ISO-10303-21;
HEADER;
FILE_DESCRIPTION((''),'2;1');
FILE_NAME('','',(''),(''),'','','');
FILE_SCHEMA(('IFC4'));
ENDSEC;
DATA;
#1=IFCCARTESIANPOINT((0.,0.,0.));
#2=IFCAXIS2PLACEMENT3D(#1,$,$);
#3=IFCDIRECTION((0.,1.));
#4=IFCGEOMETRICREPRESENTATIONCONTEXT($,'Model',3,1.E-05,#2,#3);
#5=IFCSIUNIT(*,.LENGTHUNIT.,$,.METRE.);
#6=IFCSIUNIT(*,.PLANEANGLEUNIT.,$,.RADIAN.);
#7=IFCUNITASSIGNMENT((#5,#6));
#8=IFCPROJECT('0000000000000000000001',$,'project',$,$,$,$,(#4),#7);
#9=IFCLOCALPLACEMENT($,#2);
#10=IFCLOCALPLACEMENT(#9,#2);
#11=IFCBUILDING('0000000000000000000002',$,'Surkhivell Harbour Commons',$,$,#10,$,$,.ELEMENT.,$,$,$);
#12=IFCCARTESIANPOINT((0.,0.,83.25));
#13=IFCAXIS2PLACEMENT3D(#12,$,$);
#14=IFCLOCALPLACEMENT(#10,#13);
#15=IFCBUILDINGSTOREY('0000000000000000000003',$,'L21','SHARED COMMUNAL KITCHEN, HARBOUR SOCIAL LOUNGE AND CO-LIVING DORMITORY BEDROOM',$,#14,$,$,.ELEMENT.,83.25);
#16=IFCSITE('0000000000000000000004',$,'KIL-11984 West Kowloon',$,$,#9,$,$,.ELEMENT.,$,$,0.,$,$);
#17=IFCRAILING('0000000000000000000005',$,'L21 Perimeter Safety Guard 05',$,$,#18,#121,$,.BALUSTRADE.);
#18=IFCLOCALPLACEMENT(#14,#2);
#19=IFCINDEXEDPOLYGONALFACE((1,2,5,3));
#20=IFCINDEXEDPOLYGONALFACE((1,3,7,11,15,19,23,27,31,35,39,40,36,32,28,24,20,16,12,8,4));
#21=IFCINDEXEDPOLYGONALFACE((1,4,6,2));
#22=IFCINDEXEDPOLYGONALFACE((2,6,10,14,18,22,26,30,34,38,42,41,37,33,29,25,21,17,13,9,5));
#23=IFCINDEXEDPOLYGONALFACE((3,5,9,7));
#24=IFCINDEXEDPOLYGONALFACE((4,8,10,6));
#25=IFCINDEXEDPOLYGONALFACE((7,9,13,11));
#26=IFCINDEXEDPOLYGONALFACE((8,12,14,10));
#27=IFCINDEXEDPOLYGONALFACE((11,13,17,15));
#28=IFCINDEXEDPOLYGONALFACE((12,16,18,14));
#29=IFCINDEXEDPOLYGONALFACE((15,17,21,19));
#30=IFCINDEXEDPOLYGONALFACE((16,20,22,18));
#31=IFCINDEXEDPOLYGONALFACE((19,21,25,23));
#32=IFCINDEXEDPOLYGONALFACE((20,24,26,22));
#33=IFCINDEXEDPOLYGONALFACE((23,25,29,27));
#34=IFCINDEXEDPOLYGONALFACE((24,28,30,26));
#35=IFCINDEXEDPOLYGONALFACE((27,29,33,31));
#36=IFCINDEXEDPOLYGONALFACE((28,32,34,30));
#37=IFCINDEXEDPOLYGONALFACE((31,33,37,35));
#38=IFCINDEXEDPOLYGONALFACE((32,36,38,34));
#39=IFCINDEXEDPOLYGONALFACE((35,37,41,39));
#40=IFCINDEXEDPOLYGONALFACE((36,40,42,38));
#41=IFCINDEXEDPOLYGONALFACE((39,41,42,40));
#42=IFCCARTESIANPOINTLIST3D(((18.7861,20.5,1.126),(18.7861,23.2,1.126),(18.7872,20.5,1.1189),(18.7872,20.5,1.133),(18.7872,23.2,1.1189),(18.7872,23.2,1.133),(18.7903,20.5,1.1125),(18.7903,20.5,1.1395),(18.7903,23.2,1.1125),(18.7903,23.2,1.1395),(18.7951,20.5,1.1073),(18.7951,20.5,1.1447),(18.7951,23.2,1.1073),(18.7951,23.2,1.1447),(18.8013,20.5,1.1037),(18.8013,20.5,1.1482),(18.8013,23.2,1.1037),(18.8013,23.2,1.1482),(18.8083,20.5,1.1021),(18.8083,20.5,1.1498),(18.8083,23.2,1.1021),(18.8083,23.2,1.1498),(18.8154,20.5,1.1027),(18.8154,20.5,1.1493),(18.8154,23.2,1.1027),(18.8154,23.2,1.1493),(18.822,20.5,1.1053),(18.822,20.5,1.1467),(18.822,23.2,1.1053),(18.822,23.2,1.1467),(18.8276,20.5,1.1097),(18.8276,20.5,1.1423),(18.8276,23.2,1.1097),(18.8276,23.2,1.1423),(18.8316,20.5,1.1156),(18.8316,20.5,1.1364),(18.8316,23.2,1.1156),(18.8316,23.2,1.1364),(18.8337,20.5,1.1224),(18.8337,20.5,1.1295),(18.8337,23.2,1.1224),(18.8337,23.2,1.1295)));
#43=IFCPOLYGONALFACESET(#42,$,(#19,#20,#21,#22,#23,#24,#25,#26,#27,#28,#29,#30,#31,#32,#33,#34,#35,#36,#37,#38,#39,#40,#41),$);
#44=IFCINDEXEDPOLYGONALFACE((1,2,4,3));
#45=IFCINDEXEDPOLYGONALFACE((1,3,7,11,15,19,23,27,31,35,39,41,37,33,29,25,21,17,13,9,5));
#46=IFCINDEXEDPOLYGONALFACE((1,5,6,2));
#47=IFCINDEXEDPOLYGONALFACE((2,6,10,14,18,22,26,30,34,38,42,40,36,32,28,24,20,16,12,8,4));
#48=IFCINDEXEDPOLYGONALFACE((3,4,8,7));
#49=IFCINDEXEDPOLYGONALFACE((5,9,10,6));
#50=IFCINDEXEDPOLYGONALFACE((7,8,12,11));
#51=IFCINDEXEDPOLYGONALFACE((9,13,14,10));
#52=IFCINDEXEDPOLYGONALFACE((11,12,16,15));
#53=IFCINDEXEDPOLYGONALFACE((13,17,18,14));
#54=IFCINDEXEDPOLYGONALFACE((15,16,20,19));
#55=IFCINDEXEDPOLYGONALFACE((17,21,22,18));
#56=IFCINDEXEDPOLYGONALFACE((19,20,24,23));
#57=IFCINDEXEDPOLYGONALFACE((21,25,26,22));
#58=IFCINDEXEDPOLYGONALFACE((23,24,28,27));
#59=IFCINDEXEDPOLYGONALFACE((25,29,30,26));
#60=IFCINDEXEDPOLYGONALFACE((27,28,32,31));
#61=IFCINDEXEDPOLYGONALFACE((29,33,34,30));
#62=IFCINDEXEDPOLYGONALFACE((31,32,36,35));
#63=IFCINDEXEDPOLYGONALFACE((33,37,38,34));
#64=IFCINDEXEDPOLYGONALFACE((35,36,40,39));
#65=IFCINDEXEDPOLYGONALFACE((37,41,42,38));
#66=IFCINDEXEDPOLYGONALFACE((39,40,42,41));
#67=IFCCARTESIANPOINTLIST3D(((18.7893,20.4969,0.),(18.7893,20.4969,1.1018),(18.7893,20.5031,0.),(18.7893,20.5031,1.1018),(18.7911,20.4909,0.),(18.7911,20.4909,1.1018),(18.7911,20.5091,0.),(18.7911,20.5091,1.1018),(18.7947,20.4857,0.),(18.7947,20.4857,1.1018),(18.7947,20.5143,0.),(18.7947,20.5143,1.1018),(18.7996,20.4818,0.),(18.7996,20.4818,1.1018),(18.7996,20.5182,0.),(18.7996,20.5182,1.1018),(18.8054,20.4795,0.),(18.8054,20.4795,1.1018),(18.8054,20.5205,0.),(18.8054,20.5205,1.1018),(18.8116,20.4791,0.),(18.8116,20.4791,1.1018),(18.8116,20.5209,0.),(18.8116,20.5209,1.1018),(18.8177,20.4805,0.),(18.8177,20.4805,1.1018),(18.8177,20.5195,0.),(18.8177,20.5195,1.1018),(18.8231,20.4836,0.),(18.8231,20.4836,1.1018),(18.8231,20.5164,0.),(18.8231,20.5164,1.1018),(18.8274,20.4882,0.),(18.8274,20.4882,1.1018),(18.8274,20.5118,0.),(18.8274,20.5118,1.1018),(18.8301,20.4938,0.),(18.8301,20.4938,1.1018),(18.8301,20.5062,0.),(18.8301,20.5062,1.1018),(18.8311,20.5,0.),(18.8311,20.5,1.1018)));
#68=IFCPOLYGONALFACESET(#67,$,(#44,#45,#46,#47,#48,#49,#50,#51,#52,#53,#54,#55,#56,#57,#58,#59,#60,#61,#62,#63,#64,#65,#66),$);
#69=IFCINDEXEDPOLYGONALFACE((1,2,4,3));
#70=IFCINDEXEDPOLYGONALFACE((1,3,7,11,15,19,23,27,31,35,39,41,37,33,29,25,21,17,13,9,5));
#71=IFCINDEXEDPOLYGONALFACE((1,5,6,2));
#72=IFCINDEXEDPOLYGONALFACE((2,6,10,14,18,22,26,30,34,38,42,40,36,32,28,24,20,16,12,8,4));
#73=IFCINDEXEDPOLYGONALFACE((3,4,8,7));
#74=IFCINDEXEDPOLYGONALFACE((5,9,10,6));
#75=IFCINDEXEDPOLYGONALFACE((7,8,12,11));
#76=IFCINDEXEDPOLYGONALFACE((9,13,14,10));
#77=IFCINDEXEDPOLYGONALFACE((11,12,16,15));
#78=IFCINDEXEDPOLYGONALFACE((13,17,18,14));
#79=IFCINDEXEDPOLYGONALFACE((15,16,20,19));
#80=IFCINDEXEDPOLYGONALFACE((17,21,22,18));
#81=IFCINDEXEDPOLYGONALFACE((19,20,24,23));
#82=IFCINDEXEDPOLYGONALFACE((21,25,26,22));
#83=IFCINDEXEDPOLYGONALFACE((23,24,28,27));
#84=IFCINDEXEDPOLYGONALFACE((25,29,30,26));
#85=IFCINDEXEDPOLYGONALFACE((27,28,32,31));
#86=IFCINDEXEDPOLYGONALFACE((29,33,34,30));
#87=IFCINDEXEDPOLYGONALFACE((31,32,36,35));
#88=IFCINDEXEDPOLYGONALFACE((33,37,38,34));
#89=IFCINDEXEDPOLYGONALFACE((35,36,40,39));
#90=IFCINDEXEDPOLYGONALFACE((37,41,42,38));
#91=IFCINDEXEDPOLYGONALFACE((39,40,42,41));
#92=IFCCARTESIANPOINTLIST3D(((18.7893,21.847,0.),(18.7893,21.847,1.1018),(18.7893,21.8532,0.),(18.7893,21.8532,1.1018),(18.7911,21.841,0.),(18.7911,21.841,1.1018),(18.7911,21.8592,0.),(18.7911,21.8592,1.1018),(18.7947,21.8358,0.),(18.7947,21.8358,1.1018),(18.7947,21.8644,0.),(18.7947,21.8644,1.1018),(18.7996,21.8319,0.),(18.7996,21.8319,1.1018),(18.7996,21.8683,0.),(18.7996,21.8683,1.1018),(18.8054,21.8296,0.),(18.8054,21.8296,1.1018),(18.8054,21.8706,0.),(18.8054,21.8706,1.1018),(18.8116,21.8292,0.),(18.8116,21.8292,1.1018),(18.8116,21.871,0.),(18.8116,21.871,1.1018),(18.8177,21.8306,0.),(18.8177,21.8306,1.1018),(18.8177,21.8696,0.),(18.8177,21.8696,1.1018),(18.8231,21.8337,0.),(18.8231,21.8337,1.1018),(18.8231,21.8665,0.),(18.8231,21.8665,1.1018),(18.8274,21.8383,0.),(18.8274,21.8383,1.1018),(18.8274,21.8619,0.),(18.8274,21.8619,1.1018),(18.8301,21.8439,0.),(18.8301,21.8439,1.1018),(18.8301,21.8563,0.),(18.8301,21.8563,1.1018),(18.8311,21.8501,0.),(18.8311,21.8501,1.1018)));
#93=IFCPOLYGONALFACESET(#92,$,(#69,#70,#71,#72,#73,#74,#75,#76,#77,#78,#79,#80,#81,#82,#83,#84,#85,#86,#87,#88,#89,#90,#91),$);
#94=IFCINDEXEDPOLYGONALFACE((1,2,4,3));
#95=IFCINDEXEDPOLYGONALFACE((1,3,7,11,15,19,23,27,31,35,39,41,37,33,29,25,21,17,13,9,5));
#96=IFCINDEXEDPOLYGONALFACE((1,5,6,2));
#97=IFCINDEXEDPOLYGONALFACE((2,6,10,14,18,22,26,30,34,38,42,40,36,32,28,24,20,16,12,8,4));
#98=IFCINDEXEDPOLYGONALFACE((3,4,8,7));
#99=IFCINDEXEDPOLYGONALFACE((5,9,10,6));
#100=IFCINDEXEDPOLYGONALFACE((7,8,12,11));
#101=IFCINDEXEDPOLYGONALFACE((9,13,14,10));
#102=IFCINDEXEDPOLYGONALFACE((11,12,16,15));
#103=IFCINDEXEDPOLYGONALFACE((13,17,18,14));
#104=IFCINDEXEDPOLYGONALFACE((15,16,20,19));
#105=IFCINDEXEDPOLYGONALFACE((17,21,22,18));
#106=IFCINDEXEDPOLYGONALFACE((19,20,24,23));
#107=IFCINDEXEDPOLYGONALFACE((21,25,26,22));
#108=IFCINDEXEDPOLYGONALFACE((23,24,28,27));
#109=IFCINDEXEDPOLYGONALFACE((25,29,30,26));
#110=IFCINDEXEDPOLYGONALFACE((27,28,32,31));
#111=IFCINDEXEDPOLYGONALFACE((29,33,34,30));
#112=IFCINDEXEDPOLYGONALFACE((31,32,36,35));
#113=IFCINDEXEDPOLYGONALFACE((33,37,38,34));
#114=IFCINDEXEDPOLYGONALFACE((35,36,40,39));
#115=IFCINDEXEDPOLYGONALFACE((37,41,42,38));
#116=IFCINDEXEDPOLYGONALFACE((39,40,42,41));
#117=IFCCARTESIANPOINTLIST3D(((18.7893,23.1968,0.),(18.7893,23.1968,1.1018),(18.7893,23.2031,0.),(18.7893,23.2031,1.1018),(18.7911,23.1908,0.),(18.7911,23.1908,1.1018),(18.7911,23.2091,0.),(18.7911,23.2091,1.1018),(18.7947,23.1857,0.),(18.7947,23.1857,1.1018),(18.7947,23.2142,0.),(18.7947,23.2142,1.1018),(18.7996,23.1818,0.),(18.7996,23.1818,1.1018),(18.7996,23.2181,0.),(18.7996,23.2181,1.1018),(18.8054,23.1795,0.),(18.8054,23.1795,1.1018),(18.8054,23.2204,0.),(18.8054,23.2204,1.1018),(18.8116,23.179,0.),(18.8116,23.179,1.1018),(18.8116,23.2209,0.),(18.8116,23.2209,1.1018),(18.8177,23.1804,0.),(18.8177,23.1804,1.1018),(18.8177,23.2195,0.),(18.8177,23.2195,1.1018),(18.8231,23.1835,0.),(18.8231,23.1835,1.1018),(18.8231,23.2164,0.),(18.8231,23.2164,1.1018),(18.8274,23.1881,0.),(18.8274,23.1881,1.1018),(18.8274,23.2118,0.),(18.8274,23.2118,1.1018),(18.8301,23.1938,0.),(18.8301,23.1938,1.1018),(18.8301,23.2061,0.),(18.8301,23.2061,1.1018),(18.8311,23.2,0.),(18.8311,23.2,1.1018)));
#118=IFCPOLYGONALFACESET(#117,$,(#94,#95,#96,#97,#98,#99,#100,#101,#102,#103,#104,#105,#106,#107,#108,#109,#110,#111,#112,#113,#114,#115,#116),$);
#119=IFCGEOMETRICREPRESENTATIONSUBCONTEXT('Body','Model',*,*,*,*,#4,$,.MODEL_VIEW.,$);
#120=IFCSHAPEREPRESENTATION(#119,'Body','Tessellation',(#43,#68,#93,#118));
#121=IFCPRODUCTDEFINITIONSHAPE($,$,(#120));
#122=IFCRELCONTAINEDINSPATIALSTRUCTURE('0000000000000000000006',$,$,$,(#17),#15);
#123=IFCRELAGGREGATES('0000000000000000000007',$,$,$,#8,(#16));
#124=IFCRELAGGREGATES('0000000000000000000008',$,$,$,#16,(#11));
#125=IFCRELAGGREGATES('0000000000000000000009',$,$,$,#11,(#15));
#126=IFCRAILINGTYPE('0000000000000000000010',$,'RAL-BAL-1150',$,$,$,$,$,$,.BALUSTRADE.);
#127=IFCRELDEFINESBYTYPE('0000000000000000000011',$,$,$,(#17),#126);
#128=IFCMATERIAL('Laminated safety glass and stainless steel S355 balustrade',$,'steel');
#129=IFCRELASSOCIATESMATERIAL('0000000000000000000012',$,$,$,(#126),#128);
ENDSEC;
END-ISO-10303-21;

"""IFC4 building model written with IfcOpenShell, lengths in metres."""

from ifc_helpers import new_model, si_unit, direction, frame, origin, origin_2d, place, context, subcontext, project, spatial, circle, extrude, material, type_object, element, save


model = new_model("IFC4")

# Units and contexts
model_context = context("Model", 3, precision=1e-05, world=origin(), true_north=direction((0.0, 1.0)))
body_context = subcontext(model_context, "Body", "Model", "MODEL_VIEW")
ifc_project = project(units=[si_unit("LENGTHUNIT", "METRE"), si_unit("PLANEANGLEUNIT", "RADIAN")], contexts=[model_context])

# Site, building, storey
site_placement = place(None, origin())
site = spatial("IfcSite", under=ifc_project, at=site_placement, Name="KIL-11984 West Kowloon", CompositionType="ELEMENT", RefElevation=0.0)
building_placement = place(site_placement, origin())
building = spatial("IfcBuilding", under=site, at=building_placement, Name="Surkhivell Harbour Commons", CompositionType="ELEMENT")
storey_placement = place(building_placement, frame((0.0, 0.0, 83.25)))
storey = spatial("IfcBuildingStorey", under=building, at=storey_placement, Name="L21", Description="SHARED COMMUNAL KITCHEN, HARBOUR SOCIAL LOUNGE AND CO-LIVING DORMITORY BEDROOM", CompositionType="ELEMENT", Elevation=83.25)

# Railing
ifc_material_1 = material(Name="Laminated safety glass and stainless steel S355 balustrade", Category="steel")
railing_type = type_object("IfcRailingType", Name="RAL-BAL-1150", PredefinedType="BALUSTRADE", material=ifc_material_1)
railing_1_placement = place(storey_placement, frame((18.8101, 20.5, 0.0)))
element("IfcRailing", 1, at=railing_1_placement, inside=storey, type_object=railing_type, Name="L21 Perimeter Safety Guard 05", PredefinedType="BALUSTRADE", context=body_context, shape_type="SweptSolid", body=[
    extrude(circle(Radius=0.0239, at=origin_2d()), frame((0.0, 0.0, 1.126), z_axis=(0.0, 1.0, 0.0), x_axis=(-1.0, 0.0, 0.0)), (0.0, 0.0, 1.0), 2.7),
    extrude(circle(Radius=0.021, at=origin_2d()), origin(), (0.0, 0.0, 1.0), 1.1018),
    extrude(circle(Radius=0.021, at=origin_2d()), frame((0.0, 1.3501, 0.0)), (0.0, 0.0, 1.0), 1.1018),
    extrude(circle(Radius=0.021, at=origin_2d()), frame((0.0, 2.7, 0.0)), (0.0, 0.0, 1.0), 1.1018),
])

save(model, "model.ifc")
